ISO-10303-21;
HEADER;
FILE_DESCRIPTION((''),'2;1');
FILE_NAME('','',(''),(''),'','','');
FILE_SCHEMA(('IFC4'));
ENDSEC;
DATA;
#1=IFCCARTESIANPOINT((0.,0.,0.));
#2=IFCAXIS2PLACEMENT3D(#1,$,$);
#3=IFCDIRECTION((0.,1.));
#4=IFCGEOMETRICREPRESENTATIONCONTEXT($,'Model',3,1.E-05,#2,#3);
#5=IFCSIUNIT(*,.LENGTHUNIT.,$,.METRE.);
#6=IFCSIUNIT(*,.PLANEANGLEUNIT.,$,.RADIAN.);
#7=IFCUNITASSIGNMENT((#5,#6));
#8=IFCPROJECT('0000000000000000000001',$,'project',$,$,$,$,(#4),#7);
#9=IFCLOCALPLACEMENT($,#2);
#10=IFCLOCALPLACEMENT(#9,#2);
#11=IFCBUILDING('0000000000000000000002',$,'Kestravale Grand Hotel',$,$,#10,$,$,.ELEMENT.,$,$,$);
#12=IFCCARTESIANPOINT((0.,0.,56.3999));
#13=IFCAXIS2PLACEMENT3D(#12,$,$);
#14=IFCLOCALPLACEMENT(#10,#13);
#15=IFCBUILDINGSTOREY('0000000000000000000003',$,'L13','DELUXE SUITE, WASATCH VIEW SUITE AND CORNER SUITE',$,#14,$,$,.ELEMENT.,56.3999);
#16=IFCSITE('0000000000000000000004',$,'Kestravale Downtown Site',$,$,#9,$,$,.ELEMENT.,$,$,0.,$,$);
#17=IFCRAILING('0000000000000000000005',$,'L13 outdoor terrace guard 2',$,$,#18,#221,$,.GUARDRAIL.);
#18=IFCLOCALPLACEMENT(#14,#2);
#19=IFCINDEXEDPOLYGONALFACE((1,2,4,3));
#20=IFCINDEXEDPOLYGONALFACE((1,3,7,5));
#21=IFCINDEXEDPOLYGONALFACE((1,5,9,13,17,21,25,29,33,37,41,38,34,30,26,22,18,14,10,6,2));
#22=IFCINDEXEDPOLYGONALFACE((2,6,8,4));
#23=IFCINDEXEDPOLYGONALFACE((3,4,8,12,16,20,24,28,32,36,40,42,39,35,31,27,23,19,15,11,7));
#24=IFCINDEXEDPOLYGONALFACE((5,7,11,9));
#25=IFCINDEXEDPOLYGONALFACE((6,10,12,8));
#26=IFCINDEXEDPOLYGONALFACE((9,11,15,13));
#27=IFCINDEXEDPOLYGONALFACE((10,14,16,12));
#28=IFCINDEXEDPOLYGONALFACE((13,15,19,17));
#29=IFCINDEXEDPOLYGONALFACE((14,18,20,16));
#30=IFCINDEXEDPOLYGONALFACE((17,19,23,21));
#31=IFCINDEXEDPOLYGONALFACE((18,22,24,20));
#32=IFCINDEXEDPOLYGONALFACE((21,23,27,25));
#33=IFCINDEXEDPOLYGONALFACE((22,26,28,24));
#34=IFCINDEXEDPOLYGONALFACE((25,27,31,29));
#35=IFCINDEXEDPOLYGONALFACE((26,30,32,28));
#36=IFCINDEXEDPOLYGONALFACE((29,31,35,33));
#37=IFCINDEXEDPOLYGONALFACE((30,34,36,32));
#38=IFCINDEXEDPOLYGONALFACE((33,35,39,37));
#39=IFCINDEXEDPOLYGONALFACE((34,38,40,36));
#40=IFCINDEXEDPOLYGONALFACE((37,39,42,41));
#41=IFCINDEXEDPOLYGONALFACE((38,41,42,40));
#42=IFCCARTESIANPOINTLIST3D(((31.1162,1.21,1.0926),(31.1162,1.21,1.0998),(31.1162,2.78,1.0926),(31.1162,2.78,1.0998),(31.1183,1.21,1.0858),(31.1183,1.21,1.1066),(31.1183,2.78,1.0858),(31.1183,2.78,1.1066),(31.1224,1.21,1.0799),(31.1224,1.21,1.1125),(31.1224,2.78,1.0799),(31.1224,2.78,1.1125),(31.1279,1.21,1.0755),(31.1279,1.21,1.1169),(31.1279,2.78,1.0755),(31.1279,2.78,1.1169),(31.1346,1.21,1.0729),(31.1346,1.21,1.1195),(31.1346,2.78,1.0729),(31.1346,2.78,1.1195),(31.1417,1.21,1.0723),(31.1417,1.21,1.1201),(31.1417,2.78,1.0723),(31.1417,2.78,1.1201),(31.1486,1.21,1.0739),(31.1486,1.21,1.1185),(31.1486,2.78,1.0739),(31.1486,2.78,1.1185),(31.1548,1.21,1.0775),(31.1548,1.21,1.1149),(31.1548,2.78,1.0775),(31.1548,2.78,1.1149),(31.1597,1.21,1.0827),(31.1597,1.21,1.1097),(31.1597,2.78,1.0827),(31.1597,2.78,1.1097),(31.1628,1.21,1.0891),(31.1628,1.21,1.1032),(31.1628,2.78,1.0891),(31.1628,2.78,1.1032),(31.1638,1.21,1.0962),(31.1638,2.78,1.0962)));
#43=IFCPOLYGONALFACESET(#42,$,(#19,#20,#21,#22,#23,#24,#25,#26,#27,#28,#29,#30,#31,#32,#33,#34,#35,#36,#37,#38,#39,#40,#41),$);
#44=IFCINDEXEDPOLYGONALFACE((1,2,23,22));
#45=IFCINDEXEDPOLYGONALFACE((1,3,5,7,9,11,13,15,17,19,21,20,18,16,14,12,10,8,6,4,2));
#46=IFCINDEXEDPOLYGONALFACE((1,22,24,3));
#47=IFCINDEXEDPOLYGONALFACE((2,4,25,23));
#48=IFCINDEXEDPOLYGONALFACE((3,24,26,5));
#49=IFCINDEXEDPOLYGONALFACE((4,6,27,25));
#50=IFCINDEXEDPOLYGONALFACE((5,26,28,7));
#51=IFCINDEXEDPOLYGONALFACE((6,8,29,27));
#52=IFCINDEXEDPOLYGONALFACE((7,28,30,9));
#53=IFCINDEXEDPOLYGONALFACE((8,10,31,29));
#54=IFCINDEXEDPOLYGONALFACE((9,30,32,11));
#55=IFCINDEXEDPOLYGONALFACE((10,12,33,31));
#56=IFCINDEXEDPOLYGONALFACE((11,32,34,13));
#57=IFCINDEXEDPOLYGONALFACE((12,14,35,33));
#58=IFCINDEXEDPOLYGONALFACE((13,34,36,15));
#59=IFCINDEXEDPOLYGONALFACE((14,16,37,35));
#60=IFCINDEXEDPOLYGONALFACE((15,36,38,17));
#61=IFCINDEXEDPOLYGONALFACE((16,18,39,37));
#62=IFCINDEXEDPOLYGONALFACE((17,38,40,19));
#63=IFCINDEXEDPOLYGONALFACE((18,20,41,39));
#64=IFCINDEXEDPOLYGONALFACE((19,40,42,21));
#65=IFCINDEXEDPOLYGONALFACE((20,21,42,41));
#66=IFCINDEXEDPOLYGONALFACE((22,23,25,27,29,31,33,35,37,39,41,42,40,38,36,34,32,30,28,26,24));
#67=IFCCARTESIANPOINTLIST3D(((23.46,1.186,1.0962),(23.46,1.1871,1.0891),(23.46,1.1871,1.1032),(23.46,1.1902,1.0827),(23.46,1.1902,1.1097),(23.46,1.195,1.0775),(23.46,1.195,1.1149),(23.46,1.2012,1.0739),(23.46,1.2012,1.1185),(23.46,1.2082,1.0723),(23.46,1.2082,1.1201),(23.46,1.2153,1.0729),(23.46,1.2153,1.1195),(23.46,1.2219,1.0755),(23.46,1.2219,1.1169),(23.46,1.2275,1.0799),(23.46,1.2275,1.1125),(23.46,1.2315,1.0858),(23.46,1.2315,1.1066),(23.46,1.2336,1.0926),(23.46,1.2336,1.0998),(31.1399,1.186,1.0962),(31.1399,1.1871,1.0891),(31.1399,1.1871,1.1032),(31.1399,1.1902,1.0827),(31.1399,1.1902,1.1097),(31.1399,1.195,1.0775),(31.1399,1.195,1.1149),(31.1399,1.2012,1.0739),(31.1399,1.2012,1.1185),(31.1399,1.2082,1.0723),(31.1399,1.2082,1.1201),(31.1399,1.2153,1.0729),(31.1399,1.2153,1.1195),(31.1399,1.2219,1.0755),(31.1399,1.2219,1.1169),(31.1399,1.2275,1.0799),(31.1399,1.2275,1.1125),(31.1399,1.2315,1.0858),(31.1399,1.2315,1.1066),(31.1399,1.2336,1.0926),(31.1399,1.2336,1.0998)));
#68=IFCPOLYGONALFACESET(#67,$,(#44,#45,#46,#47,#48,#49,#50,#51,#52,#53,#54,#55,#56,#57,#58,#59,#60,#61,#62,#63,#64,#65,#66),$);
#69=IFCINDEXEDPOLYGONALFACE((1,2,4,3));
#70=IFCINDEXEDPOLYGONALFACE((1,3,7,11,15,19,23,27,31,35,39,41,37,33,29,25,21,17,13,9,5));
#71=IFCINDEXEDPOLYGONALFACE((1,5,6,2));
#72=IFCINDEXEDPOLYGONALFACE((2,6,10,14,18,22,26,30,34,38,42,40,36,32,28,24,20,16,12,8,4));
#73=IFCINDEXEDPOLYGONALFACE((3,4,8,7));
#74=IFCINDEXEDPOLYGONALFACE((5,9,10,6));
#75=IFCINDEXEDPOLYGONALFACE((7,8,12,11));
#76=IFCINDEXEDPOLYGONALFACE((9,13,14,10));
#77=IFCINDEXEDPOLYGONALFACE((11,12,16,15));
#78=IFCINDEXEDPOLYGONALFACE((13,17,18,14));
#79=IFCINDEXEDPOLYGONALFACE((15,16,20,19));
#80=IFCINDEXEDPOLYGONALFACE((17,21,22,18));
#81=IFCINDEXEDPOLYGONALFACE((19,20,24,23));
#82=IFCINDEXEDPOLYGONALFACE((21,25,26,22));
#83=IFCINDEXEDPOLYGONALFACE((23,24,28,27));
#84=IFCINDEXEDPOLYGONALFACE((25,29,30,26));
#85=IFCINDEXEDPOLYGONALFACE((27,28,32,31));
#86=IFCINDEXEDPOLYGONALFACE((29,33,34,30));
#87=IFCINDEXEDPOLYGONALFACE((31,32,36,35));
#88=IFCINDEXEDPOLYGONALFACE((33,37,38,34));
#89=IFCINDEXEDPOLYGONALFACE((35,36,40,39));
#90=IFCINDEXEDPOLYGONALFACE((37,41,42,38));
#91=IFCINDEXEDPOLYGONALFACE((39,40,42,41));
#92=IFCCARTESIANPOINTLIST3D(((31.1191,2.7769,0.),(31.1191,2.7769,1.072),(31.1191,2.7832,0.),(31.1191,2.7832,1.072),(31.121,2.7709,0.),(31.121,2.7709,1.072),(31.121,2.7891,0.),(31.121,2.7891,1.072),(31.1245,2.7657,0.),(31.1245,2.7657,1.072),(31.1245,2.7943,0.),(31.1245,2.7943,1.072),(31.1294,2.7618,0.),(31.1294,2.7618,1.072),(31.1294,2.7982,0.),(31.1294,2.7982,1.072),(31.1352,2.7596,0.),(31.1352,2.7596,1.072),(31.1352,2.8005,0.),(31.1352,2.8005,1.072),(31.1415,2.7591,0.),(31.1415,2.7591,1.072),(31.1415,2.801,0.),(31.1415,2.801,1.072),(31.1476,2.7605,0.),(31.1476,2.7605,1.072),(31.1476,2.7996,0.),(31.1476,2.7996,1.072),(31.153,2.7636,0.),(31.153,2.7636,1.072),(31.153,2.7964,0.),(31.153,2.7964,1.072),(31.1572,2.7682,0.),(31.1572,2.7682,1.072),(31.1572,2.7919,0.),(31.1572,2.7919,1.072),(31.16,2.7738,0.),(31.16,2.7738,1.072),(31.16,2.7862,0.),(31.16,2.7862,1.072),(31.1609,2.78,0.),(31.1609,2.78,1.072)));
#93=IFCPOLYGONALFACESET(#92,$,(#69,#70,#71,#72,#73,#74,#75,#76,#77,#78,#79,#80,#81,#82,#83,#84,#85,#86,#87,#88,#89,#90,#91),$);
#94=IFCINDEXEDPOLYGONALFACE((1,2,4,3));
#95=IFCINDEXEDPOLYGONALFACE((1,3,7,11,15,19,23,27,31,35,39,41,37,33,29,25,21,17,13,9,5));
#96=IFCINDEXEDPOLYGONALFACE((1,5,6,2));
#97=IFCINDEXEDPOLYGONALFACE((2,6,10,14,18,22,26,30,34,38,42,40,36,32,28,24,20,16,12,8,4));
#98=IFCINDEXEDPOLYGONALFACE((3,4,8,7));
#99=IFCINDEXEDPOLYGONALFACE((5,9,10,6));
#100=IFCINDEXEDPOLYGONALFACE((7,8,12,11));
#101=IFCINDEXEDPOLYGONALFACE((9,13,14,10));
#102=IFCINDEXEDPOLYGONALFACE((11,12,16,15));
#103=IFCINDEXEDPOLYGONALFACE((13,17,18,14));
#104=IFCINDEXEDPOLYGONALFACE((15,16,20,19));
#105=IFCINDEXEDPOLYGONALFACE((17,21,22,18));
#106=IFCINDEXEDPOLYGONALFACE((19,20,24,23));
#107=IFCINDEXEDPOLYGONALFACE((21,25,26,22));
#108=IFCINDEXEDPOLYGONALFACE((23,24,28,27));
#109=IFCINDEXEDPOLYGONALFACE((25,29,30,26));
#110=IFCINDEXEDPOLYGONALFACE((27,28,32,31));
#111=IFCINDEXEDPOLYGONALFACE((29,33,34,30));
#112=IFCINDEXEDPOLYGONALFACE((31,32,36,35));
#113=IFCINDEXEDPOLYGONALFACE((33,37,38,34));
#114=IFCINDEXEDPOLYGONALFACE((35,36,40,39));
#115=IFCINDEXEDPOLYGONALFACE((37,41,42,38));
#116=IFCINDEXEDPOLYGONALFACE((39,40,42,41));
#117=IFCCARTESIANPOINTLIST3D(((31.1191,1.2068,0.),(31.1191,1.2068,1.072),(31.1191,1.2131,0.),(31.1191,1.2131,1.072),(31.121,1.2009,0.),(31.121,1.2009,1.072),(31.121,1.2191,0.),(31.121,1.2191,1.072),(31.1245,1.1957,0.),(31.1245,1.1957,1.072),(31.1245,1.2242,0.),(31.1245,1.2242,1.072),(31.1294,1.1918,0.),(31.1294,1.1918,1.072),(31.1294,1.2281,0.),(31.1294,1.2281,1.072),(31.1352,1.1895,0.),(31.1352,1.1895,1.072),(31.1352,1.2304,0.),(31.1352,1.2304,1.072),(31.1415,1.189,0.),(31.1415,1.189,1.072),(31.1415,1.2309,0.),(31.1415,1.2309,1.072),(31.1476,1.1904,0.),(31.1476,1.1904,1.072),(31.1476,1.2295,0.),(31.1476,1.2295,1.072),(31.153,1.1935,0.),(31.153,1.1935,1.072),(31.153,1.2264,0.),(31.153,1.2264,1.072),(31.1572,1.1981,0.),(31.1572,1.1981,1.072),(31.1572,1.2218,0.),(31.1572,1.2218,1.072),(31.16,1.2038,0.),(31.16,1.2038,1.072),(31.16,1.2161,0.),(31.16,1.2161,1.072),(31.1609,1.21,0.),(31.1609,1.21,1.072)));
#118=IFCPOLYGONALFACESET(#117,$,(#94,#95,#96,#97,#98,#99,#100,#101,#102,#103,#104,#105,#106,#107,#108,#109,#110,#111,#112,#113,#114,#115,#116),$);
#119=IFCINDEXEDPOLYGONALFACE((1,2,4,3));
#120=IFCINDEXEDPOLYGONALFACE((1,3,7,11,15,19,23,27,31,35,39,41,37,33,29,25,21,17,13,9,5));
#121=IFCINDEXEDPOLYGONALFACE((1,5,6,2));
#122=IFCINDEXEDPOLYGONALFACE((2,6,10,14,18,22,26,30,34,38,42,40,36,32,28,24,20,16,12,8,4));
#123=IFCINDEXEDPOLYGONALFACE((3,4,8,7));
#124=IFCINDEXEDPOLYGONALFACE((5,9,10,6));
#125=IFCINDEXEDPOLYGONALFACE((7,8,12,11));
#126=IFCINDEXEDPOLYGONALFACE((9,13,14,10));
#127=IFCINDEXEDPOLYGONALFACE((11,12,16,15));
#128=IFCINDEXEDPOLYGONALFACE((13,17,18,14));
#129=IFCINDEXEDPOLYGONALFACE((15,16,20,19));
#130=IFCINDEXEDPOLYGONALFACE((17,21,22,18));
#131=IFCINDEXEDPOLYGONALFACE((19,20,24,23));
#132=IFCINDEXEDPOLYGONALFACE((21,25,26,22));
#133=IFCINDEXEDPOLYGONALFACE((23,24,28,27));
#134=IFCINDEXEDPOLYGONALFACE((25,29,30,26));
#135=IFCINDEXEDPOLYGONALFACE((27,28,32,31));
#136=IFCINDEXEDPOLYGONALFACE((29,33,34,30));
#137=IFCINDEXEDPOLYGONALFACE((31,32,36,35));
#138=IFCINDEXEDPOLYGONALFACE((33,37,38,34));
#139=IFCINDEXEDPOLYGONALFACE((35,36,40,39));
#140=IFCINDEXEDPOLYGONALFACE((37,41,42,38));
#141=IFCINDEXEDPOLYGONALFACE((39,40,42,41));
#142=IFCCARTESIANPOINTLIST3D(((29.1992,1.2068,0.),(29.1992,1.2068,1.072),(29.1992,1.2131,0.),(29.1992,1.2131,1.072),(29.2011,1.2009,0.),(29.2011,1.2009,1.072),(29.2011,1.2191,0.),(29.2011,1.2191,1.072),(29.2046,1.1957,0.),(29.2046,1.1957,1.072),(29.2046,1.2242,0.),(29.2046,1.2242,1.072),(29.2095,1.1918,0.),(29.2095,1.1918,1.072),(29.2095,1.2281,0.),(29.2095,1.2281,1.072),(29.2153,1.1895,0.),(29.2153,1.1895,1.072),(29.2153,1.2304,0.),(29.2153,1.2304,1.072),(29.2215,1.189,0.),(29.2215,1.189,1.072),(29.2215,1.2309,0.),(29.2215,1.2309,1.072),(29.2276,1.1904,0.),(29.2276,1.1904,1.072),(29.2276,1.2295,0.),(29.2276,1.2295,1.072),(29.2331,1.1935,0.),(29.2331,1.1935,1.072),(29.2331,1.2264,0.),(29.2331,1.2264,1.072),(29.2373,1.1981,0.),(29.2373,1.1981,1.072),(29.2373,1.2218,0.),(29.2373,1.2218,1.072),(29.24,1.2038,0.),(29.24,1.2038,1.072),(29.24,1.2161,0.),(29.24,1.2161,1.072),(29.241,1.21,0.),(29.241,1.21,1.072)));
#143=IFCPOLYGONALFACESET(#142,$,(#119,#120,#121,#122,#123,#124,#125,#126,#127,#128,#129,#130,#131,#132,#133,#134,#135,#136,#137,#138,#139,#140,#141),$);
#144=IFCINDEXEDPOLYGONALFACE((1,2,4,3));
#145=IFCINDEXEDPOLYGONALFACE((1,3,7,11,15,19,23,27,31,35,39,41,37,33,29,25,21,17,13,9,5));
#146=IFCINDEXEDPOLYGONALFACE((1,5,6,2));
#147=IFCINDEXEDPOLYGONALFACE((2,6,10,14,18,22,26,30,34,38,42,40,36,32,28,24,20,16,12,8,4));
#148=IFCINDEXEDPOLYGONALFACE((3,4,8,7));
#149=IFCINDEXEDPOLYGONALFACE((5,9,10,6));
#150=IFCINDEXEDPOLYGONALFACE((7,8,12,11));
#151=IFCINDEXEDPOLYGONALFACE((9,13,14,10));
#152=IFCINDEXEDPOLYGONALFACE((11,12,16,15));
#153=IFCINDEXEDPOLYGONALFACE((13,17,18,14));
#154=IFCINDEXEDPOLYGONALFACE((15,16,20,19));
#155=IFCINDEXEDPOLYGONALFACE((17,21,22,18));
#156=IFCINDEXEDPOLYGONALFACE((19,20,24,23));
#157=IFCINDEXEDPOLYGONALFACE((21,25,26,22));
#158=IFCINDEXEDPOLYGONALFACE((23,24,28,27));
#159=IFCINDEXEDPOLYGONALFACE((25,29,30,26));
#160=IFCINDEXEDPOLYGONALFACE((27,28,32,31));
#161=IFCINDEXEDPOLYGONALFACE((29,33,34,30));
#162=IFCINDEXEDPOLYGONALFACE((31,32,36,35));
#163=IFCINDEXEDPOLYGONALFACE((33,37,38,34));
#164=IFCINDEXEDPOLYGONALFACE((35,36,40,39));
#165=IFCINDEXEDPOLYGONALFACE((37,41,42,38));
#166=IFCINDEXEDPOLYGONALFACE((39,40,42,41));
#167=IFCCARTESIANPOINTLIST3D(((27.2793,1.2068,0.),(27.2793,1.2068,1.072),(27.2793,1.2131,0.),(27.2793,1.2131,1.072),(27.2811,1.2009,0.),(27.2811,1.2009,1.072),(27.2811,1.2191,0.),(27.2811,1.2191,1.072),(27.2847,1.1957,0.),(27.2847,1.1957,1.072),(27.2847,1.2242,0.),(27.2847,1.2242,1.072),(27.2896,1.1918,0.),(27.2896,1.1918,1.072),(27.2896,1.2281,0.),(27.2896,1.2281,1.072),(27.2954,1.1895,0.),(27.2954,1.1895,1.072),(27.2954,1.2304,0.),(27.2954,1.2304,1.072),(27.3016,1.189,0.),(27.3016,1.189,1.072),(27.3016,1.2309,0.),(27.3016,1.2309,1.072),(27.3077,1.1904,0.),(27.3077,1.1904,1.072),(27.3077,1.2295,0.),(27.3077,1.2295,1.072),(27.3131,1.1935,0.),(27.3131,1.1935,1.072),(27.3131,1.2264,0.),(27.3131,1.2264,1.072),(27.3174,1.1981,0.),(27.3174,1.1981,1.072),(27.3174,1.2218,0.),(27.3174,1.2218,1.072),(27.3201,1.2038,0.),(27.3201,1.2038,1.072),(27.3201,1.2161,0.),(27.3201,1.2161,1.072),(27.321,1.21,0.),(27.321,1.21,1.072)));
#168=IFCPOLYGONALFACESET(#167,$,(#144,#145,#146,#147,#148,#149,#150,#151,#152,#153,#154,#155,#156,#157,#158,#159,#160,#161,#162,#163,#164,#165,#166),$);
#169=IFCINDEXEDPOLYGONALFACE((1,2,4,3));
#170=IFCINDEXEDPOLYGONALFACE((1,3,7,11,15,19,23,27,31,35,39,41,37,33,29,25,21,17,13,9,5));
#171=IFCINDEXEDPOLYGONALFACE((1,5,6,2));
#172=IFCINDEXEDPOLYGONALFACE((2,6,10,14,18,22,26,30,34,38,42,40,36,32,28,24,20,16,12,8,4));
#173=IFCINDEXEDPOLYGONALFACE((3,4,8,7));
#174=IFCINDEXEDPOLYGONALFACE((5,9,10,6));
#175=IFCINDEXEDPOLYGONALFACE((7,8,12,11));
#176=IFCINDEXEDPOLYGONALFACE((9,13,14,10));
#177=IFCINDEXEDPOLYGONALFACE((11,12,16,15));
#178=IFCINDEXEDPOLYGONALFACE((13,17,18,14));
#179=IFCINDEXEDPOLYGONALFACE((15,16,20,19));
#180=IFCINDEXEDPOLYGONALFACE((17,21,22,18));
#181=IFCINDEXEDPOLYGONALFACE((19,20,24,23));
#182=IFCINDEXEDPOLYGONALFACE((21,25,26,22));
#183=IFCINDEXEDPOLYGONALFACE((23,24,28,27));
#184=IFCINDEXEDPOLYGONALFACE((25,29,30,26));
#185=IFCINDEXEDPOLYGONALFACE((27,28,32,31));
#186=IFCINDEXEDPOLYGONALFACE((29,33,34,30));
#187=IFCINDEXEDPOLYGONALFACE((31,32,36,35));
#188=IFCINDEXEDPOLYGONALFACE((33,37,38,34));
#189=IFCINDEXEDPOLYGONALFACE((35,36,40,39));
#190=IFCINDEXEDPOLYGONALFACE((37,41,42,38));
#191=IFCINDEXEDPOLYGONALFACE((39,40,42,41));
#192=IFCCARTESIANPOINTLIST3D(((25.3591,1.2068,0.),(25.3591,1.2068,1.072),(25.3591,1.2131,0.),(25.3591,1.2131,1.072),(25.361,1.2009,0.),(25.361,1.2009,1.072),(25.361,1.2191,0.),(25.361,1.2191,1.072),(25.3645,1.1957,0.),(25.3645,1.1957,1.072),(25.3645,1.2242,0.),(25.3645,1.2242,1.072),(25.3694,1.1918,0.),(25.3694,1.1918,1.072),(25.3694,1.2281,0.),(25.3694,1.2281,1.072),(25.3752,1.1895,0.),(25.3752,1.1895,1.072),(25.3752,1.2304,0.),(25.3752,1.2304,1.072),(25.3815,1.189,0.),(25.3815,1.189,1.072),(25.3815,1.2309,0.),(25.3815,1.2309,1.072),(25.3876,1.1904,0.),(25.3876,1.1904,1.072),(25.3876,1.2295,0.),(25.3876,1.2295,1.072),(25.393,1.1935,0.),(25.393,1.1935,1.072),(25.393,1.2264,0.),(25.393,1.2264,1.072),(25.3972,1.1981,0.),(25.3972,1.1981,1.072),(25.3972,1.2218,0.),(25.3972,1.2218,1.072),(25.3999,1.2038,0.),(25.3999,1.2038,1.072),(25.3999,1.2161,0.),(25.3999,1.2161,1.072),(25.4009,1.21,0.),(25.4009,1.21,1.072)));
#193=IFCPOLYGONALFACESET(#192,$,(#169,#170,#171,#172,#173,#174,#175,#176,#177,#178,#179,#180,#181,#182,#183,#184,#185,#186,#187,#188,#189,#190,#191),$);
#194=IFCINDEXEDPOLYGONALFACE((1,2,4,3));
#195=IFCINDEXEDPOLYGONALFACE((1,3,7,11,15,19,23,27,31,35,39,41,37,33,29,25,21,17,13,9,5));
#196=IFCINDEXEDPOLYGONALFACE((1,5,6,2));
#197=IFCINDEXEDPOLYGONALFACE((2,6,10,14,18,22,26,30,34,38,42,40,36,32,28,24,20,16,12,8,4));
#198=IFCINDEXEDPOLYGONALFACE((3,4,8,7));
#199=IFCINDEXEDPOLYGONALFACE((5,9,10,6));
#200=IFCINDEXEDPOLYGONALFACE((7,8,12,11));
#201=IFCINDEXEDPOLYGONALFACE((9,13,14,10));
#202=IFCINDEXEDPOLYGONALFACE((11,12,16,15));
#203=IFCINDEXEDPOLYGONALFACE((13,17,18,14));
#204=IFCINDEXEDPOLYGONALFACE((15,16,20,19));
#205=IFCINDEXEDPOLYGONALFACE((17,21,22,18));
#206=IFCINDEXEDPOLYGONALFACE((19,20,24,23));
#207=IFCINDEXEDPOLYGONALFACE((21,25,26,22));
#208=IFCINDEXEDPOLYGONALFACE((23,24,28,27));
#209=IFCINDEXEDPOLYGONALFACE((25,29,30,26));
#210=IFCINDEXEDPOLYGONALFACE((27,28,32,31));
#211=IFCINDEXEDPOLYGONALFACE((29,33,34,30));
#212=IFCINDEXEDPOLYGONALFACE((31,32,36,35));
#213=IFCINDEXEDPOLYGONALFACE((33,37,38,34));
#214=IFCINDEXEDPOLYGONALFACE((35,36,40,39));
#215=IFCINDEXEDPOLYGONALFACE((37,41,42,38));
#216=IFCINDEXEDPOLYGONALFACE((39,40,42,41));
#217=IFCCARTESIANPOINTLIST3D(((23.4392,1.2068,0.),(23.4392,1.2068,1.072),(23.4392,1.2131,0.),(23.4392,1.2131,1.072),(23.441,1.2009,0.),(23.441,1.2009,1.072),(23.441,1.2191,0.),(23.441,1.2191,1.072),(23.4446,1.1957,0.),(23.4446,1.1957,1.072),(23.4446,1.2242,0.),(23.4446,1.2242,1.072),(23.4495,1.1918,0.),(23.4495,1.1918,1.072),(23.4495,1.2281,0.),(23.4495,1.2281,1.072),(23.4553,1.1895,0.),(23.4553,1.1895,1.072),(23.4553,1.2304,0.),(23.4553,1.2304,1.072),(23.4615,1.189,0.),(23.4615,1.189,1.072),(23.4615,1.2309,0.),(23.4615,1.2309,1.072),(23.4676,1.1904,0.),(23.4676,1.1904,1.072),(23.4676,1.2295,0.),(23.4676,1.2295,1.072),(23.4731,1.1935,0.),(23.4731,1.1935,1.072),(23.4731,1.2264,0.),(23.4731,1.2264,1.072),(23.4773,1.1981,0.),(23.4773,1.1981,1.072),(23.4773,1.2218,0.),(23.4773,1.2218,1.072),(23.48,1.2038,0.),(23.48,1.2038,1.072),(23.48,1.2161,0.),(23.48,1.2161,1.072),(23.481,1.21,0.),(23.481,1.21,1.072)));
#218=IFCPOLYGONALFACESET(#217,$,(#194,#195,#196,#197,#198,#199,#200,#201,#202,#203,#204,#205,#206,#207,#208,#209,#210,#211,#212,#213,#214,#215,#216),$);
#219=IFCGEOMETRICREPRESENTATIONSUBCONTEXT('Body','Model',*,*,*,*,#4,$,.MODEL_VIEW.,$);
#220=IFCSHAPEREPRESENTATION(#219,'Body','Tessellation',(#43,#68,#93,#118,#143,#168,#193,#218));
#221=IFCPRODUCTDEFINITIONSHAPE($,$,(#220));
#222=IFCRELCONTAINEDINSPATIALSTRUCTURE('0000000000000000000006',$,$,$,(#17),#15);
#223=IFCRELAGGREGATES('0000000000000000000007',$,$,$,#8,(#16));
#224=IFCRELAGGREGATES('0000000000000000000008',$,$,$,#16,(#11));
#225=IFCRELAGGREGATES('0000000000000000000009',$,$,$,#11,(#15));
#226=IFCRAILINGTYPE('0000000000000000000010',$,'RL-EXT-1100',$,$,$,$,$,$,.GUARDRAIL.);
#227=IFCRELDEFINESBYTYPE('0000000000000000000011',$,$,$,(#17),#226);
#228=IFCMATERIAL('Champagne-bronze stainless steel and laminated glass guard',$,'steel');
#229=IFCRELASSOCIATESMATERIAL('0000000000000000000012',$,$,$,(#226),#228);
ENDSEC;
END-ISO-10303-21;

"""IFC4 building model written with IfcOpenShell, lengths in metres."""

from ifc_helpers import new_model, si_unit, direction, frame, origin, origin_2d, place, context, subcontext, project, spatial, circle, extrude, material, type_object, element, save


model = new_model("IFC4")

# Units and contexts
model_context = context("Model", 3, precision=1e-05, world=origin(), true_north=direction((0.0, 1.0)))
body_context = subcontext(model_context, "Body", "Model", "MODEL_VIEW")
ifc_project = project(units=[si_unit("LENGTHUNIT", "METRE"), si_unit("PLANEANGLEUNIT", "RADIAN")], contexts=[model_context])

# Site, building, storey
site_placement = place(None, origin())
site = spatial("IfcSite", under=ifc_project, at=site_placement, Name="Kestravale Downtown Site", CompositionType="ELEMENT", RefElevation=0.0)
building_placement = place(site_placement, origin())
building = spatial("IfcBuilding", under=site, at=building_placement, Name="Kestravale Grand Hotel", CompositionType="ELEMENT")
storey_placement = place(building_placement, frame((0.0, 0.0, 56.3999)))
storey = spatial("IfcBuildingStorey", under=building, at=storey_placement, Name="L13", Description="DELUXE SUITE, WASATCH VIEW SUITE AND CORNER SUITE", CompositionType="ELEMENT", Elevation=56.3999)

# Railing
ifc_material_1 = material(Name="Champagne-bronze stainless steel and laminated glass guard", Category="steel")
railing_type = type_object("IfcRailingType", Name="RL-EXT-1100", PredefinedType="GUARDRAIL", material=ifc_material_1)
railing_1_placement = place(storey_placement, frame((31.1399, 2.78, 0.0)))
element("IfcRailing", 1, at=railing_1_placement, inside=storey, type_object=railing_type, Name="L13 outdoor terrace guard 2", PredefinedType="GUARDRAIL", context=body_context, shape_type="SweptSolid", body=[
    extrude(circle(Radius=0.0239, at=origin_2d()), frame((0.0, 0.0, 1.0962), z_axis=(0.0, -1.0, 0.0), x_axis=(1.0, 0.0, 0.0)), (0.0, 0.0, 1.0), 1.5701),
    extrude(circle(Radius=0.0239, at=origin_2d()), frame((0.0, -1.5701, 1.0962), z_axis=(-1.0, 0.0, 0.0), x_axis=(0.0, -1.0, 0.0)), (0.0, 0.0, 1.0), 7.6799),
    extrude(circle(Radius=0.021, at=origin_2d()), origin(), (0.0, 0.0, 1.0), 1.072),
    extrude(circle(Radius=0.021, at=origin_2d()), frame((0.0, -1.5701, 0.0)), (0.0, 0.0, 1.0), 1.072),
    extrude(circle(Radius=0.021, at=origin_2d()), frame((-1.9199, -1.5701, 0.0)), (0.0, 0.0, 1.0), 1.072),
    extrude(circle(Radius=0.021, at=origin_2d()), frame((-3.8398, -1.5701, 0.0)), (0.0, 0.0, 1.0), 1.072),
    extrude(circle(Radius=0.021, at=origin_2d()), frame((-5.76, -1.5701, 0.0)), (0.0, 0.0, 1.0), 1.072),
    extrude(circle(Radius=0.021, at=origin_2d()), frame((-7.6799, -1.5701, 0.0)), (0.0, 0.0, 1.0), 1.072),
])

save(model, "model.ifc")
